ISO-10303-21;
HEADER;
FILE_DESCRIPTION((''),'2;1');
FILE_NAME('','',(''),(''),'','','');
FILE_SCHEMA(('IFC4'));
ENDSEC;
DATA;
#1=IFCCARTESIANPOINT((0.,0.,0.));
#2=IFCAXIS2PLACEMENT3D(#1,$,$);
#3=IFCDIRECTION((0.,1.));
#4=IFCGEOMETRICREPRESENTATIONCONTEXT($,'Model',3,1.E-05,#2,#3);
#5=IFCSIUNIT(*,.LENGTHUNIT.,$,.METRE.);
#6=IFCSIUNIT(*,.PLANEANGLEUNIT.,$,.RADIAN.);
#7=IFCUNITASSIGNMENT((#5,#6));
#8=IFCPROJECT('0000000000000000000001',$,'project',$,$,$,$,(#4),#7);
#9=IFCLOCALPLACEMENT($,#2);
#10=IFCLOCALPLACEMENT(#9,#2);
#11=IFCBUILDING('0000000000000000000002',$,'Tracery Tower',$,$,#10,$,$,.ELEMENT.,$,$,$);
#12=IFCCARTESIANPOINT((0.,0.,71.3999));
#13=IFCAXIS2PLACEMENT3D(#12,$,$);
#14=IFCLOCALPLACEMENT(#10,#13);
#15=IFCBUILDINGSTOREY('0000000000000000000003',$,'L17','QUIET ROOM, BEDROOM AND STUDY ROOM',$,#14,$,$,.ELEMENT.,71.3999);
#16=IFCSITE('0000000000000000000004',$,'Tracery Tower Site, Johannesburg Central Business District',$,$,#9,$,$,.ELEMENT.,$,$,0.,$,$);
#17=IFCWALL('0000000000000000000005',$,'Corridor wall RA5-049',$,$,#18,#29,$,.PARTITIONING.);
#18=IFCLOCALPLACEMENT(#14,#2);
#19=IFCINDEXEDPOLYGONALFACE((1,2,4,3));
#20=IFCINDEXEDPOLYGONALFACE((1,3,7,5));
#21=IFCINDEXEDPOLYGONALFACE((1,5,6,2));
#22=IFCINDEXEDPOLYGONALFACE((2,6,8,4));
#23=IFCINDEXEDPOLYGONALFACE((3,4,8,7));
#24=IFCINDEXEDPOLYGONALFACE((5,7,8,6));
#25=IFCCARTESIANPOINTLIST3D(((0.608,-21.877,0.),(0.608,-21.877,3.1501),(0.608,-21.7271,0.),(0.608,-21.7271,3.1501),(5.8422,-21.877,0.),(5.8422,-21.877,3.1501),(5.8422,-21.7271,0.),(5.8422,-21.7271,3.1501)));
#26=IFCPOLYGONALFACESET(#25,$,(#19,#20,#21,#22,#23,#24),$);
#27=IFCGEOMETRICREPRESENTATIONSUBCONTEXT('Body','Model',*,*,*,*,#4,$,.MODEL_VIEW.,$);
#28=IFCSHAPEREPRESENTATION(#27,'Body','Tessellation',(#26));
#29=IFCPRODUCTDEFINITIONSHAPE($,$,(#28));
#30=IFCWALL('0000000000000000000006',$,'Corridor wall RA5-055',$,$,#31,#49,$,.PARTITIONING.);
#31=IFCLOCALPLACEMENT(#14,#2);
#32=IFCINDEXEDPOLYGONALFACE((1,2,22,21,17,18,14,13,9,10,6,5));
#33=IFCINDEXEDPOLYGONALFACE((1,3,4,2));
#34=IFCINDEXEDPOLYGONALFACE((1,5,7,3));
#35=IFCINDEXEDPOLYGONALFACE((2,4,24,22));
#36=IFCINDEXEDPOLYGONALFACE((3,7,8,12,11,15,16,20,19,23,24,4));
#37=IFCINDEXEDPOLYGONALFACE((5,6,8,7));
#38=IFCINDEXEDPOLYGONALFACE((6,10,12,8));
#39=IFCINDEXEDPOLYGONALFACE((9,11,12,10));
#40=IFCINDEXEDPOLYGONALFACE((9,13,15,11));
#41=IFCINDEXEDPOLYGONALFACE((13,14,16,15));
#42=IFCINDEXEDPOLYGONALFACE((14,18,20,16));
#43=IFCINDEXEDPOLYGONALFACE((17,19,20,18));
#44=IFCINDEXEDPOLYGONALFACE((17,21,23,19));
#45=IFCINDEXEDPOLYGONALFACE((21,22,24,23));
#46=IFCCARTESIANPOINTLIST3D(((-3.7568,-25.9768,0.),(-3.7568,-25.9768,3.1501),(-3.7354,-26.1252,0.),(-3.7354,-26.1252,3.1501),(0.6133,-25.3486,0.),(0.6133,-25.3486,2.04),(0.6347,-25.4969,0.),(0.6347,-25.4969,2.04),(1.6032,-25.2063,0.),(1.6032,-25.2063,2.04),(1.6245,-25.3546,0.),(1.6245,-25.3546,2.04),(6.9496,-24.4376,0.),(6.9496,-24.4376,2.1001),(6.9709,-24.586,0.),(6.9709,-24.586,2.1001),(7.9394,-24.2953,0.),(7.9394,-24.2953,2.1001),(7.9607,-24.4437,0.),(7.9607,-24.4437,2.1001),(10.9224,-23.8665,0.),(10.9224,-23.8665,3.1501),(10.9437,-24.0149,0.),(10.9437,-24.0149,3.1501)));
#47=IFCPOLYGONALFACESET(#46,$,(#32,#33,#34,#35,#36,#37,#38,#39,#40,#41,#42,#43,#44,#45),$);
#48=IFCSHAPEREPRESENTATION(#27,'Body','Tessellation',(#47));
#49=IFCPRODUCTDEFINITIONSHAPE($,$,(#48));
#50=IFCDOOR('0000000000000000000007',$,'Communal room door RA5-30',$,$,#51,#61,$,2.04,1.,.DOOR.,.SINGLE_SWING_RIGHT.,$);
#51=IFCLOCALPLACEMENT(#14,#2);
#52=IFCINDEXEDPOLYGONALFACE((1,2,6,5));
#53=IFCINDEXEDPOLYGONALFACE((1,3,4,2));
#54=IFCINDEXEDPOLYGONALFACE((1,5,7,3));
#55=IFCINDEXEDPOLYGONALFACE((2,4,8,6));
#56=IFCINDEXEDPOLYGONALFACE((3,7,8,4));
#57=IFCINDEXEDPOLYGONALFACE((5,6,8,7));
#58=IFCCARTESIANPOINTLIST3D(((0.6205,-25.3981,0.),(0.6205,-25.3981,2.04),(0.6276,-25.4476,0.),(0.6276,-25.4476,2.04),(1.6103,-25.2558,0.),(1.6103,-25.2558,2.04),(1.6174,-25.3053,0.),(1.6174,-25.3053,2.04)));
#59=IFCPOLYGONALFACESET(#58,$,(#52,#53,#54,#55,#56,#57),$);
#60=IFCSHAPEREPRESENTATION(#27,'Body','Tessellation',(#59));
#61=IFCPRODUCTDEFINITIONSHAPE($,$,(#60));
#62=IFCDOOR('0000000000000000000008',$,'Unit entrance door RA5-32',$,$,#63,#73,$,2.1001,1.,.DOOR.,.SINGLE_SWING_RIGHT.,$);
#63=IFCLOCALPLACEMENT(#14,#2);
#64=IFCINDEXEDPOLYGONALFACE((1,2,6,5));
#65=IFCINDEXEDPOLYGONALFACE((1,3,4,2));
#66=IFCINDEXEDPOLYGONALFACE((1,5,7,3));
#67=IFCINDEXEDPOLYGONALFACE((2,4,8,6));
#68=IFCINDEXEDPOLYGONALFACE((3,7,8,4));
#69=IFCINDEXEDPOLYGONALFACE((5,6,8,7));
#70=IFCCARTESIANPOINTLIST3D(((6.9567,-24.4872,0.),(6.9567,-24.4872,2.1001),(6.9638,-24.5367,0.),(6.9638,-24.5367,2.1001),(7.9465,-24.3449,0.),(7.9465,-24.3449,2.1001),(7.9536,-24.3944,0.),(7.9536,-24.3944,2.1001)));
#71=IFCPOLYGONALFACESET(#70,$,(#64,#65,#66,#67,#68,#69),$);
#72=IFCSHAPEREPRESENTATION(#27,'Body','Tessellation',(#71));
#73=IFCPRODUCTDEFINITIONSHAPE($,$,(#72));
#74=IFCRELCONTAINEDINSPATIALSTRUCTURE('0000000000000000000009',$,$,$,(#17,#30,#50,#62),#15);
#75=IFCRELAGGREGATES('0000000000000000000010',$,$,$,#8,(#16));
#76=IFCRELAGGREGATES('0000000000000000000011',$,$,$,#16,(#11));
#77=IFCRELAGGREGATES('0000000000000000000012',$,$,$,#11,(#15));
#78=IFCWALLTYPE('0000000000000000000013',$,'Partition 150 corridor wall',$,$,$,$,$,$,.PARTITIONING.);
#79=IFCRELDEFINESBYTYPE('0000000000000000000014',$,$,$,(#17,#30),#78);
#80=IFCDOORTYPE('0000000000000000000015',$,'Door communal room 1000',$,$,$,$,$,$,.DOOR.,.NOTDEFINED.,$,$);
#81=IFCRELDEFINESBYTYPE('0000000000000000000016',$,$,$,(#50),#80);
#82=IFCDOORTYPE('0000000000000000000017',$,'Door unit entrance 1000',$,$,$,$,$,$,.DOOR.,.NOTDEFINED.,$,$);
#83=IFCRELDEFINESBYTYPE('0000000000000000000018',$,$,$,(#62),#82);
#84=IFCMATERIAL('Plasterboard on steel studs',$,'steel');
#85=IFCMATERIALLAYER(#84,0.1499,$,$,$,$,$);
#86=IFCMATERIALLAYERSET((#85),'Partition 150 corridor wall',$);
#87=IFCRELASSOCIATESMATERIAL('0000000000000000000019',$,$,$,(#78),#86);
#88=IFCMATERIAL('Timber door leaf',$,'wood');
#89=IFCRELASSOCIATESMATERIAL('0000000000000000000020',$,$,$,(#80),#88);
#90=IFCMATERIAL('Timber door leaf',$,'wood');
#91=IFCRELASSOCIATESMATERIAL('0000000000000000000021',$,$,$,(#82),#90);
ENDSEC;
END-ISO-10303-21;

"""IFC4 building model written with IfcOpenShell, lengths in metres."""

from ifc_helpers import new_model, si_unit, direction, frame, frame_2d, origin, place, context, subcontext, project, spatial, rectangle, extrude, material, layer, layer_set, type_object, element, fill, save


model = new_model("IFC4")

# Units and contexts
model_context = context("Model", 3, precision=1e-05, world=origin(), true_north=direction((0.0, 1.0)))
body_context = subcontext(model_context, "Body", "Model", "MODEL_VIEW")
ifc_project = project(units=[si_unit("LENGTHUNIT", "METRE"), si_unit("PLANEANGLEUNIT", "RADIAN")], contexts=[model_context])

# Site, building, storey
site_placement = place(None, origin())
site = spatial("IfcSite", under=ifc_project, at=site_placement, Name="Tracery Tower Site, Johannesburg Central Business District", CompositionType="ELEMENT", RefElevation=0.0)
building_placement = place(site_placement, origin())
building = spatial("IfcBuilding", under=site, at=building_placement, Name="Tracery Tower", CompositionType="ELEMENT")
storey_placement = place(building_placement, frame((0.0, 0.0, 71.3999)))
storey = spatial("IfcBuildingStorey", under=building, at=storey_placement, Name="L17", Description="QUIET ROOM, BEDROOM AND STUDY ROOM", CompositionType="ELEMENT", Elevation=71.3999)

# Shared definitions
ifc_material_1 = material(Name="Plasterboard on steel studs", Category="steel")
ifc_layer_1 = layer(ifc_material_1, 0.1499)
ifc_layer_set_1 = layer_set([ifc_layer_1], Name="Partition 150 corridor wall")
wall_type_1 = type_object("IfcWallType", Name="Partition 150 corridor wall", PredefinedType="PARTITIONING", material=ifc_layer_set_1)

# Wall
wall_1_placement = place(storey_placement, frame((0.6079, -21.802, 0.0), z_axis=(0.0, 0.0, 1.0), x_axis=(1.0, 0.0, 0.0)))
element("IfcWall", 1, at=wall_1_placement, inside=storey, type_object=wall_type_1, Name="Corridor wall RA5-049", PredefinedType="PARTITIONING", context=body_context, shape_type="SweptSolid", body=[
    extrude(rectangle(XDim=5.2341, YDim=0.1499, at=frame_2d((2.6172, 0.0))), origin(), (0.0, 0.0, 1.0), 3.1501),
])

# Wall, openings, doors
wall_2_placement = place(storey_placement, frame((-3.7461, -26.051, 0.0), z_axis=(0.0, 0.0, 1.0), x_axis=(0.989823, 0.142302, 0.0)))
wall_2 = element("IfcWall", 2, at=wall_2_placement, inside=storey, type_object=wall_type_1, Name="Corridor wall RA5-055", PredefinedType="PARTITIONING", context=body_context, shape_type="SweptSolid", body=[
    extrude(rectangle(XDim=14.8301, YDim=0.1499, at=frame_2d((7.415, 0.0))), origin(), (0.0, 0.0, 1.0), 3.1501),
])
opening_1_placement = place(wall_2_placement, frame((4.415, 0.0, 0.0)))
opening_1 = element("IfcOpeningElement", 3, at=opening_1_placement, cuts=wall_2, PredefinedType="OPENING", context=body_context, shape_type="SweptSolid", body=[
    extrude(rectangle(XDim=1.0, YDim=2.04, at=frame_2d((0.5, 1.02))), frame((0.0, 0.075, 0.0), z_axis=(0.0, -1.0, 0.0), x_axis=(1.0, 0.0, 0.0)), (0.0, 0.0, 1.0), 0.1499),
])
opening_2_placement = place(wall_2_placement, frame((10.8164, 0.0, 0.0)))
opening_2 = element("IfcOpeningElement", 4, at=opening_2_placement, cuts=wall_2, PredefinedType="OPENING", context=body_context, shape_type="SweptSolid", body=[
    extrude(rectangle(XDim=1.0, YDim=2.1001, at=frame_2d((0.5, 1.05))), frame((0.0, 0.075, 0.0), z_axis=(0.0, -1.0, 0.0), x_axis=(1.0, 0.0, 0.0)), (0.0, 0.0, 1.0), 0.1499),
])
ifc_material_2 = material(Name="Timber door leaf", Category="wood")
door_type_1 = type_object("IfcDoorType", Name="Door communal room 1000", OperationType="NOTDEFINED", PredefinedType="DOOR", material=ifc_material_2)
door_1_placement = place(opening_1_placement, origin())
door_1 = element("IfcDoor", 5, at=door_1_placement, inside=storey, type_object=door_type_1, Name="Communal room door RA5-30", OperationType="SINGLE_SWING_RIGHT", OverallHeight=2.04, OverallWidth=1.0, PredefinedType="DOOR", context=body_context, shape_type="SweptSolid", body=[
    extrude(rectangle(XDim=1.0, YDim=2.04, at=frame_2d((0.5, 1.02))), frame((0.0, 0.0249, 0.0), z_axis=(0.0, -1.0, 0.0), x_axis=(1.0, 0.0, 0.0)), (0.0, 0.0, 1.0), 0.05),
])
fill(opening_1, door_1)
ifc_material_3 = material(Name="Timber door leaf", Category="wood")
door_type_2 = type_object("IfcDoorType", Name="Door unit entrance 1000", OperationType="NOTDEFINED", PredefinedType="DOOR", material=ifc_material_3)
door_2_placement = place(opening_2_placement, origin())
door_2 = element("IfcDoor", 6, at=door_2_placement, inside=storey, type_object=door_type_2, Name="Unit entrance door RA5-32", OperationType="SINGLE_SWING_RIGHT", OverallHeight=2.1001, OverallWidth=1.0, PredefinedType="DOOR", context=body_context, shape_type="SweptSolid", body=[
    extrude(rectangle(XDim=1.0, YDim=2.1001, at=frame_2d((0.5, 1.05))), frame((0.0, 0.0249, 0.0), z_axis=(0.0, -1.0, 0.0), x_axis=(1.0, 0.0, 0.0)), (0.0, 0.0, 1.0), 0.05),
])
fill(opening_2, door_2)

save(model, "model.ifc")
